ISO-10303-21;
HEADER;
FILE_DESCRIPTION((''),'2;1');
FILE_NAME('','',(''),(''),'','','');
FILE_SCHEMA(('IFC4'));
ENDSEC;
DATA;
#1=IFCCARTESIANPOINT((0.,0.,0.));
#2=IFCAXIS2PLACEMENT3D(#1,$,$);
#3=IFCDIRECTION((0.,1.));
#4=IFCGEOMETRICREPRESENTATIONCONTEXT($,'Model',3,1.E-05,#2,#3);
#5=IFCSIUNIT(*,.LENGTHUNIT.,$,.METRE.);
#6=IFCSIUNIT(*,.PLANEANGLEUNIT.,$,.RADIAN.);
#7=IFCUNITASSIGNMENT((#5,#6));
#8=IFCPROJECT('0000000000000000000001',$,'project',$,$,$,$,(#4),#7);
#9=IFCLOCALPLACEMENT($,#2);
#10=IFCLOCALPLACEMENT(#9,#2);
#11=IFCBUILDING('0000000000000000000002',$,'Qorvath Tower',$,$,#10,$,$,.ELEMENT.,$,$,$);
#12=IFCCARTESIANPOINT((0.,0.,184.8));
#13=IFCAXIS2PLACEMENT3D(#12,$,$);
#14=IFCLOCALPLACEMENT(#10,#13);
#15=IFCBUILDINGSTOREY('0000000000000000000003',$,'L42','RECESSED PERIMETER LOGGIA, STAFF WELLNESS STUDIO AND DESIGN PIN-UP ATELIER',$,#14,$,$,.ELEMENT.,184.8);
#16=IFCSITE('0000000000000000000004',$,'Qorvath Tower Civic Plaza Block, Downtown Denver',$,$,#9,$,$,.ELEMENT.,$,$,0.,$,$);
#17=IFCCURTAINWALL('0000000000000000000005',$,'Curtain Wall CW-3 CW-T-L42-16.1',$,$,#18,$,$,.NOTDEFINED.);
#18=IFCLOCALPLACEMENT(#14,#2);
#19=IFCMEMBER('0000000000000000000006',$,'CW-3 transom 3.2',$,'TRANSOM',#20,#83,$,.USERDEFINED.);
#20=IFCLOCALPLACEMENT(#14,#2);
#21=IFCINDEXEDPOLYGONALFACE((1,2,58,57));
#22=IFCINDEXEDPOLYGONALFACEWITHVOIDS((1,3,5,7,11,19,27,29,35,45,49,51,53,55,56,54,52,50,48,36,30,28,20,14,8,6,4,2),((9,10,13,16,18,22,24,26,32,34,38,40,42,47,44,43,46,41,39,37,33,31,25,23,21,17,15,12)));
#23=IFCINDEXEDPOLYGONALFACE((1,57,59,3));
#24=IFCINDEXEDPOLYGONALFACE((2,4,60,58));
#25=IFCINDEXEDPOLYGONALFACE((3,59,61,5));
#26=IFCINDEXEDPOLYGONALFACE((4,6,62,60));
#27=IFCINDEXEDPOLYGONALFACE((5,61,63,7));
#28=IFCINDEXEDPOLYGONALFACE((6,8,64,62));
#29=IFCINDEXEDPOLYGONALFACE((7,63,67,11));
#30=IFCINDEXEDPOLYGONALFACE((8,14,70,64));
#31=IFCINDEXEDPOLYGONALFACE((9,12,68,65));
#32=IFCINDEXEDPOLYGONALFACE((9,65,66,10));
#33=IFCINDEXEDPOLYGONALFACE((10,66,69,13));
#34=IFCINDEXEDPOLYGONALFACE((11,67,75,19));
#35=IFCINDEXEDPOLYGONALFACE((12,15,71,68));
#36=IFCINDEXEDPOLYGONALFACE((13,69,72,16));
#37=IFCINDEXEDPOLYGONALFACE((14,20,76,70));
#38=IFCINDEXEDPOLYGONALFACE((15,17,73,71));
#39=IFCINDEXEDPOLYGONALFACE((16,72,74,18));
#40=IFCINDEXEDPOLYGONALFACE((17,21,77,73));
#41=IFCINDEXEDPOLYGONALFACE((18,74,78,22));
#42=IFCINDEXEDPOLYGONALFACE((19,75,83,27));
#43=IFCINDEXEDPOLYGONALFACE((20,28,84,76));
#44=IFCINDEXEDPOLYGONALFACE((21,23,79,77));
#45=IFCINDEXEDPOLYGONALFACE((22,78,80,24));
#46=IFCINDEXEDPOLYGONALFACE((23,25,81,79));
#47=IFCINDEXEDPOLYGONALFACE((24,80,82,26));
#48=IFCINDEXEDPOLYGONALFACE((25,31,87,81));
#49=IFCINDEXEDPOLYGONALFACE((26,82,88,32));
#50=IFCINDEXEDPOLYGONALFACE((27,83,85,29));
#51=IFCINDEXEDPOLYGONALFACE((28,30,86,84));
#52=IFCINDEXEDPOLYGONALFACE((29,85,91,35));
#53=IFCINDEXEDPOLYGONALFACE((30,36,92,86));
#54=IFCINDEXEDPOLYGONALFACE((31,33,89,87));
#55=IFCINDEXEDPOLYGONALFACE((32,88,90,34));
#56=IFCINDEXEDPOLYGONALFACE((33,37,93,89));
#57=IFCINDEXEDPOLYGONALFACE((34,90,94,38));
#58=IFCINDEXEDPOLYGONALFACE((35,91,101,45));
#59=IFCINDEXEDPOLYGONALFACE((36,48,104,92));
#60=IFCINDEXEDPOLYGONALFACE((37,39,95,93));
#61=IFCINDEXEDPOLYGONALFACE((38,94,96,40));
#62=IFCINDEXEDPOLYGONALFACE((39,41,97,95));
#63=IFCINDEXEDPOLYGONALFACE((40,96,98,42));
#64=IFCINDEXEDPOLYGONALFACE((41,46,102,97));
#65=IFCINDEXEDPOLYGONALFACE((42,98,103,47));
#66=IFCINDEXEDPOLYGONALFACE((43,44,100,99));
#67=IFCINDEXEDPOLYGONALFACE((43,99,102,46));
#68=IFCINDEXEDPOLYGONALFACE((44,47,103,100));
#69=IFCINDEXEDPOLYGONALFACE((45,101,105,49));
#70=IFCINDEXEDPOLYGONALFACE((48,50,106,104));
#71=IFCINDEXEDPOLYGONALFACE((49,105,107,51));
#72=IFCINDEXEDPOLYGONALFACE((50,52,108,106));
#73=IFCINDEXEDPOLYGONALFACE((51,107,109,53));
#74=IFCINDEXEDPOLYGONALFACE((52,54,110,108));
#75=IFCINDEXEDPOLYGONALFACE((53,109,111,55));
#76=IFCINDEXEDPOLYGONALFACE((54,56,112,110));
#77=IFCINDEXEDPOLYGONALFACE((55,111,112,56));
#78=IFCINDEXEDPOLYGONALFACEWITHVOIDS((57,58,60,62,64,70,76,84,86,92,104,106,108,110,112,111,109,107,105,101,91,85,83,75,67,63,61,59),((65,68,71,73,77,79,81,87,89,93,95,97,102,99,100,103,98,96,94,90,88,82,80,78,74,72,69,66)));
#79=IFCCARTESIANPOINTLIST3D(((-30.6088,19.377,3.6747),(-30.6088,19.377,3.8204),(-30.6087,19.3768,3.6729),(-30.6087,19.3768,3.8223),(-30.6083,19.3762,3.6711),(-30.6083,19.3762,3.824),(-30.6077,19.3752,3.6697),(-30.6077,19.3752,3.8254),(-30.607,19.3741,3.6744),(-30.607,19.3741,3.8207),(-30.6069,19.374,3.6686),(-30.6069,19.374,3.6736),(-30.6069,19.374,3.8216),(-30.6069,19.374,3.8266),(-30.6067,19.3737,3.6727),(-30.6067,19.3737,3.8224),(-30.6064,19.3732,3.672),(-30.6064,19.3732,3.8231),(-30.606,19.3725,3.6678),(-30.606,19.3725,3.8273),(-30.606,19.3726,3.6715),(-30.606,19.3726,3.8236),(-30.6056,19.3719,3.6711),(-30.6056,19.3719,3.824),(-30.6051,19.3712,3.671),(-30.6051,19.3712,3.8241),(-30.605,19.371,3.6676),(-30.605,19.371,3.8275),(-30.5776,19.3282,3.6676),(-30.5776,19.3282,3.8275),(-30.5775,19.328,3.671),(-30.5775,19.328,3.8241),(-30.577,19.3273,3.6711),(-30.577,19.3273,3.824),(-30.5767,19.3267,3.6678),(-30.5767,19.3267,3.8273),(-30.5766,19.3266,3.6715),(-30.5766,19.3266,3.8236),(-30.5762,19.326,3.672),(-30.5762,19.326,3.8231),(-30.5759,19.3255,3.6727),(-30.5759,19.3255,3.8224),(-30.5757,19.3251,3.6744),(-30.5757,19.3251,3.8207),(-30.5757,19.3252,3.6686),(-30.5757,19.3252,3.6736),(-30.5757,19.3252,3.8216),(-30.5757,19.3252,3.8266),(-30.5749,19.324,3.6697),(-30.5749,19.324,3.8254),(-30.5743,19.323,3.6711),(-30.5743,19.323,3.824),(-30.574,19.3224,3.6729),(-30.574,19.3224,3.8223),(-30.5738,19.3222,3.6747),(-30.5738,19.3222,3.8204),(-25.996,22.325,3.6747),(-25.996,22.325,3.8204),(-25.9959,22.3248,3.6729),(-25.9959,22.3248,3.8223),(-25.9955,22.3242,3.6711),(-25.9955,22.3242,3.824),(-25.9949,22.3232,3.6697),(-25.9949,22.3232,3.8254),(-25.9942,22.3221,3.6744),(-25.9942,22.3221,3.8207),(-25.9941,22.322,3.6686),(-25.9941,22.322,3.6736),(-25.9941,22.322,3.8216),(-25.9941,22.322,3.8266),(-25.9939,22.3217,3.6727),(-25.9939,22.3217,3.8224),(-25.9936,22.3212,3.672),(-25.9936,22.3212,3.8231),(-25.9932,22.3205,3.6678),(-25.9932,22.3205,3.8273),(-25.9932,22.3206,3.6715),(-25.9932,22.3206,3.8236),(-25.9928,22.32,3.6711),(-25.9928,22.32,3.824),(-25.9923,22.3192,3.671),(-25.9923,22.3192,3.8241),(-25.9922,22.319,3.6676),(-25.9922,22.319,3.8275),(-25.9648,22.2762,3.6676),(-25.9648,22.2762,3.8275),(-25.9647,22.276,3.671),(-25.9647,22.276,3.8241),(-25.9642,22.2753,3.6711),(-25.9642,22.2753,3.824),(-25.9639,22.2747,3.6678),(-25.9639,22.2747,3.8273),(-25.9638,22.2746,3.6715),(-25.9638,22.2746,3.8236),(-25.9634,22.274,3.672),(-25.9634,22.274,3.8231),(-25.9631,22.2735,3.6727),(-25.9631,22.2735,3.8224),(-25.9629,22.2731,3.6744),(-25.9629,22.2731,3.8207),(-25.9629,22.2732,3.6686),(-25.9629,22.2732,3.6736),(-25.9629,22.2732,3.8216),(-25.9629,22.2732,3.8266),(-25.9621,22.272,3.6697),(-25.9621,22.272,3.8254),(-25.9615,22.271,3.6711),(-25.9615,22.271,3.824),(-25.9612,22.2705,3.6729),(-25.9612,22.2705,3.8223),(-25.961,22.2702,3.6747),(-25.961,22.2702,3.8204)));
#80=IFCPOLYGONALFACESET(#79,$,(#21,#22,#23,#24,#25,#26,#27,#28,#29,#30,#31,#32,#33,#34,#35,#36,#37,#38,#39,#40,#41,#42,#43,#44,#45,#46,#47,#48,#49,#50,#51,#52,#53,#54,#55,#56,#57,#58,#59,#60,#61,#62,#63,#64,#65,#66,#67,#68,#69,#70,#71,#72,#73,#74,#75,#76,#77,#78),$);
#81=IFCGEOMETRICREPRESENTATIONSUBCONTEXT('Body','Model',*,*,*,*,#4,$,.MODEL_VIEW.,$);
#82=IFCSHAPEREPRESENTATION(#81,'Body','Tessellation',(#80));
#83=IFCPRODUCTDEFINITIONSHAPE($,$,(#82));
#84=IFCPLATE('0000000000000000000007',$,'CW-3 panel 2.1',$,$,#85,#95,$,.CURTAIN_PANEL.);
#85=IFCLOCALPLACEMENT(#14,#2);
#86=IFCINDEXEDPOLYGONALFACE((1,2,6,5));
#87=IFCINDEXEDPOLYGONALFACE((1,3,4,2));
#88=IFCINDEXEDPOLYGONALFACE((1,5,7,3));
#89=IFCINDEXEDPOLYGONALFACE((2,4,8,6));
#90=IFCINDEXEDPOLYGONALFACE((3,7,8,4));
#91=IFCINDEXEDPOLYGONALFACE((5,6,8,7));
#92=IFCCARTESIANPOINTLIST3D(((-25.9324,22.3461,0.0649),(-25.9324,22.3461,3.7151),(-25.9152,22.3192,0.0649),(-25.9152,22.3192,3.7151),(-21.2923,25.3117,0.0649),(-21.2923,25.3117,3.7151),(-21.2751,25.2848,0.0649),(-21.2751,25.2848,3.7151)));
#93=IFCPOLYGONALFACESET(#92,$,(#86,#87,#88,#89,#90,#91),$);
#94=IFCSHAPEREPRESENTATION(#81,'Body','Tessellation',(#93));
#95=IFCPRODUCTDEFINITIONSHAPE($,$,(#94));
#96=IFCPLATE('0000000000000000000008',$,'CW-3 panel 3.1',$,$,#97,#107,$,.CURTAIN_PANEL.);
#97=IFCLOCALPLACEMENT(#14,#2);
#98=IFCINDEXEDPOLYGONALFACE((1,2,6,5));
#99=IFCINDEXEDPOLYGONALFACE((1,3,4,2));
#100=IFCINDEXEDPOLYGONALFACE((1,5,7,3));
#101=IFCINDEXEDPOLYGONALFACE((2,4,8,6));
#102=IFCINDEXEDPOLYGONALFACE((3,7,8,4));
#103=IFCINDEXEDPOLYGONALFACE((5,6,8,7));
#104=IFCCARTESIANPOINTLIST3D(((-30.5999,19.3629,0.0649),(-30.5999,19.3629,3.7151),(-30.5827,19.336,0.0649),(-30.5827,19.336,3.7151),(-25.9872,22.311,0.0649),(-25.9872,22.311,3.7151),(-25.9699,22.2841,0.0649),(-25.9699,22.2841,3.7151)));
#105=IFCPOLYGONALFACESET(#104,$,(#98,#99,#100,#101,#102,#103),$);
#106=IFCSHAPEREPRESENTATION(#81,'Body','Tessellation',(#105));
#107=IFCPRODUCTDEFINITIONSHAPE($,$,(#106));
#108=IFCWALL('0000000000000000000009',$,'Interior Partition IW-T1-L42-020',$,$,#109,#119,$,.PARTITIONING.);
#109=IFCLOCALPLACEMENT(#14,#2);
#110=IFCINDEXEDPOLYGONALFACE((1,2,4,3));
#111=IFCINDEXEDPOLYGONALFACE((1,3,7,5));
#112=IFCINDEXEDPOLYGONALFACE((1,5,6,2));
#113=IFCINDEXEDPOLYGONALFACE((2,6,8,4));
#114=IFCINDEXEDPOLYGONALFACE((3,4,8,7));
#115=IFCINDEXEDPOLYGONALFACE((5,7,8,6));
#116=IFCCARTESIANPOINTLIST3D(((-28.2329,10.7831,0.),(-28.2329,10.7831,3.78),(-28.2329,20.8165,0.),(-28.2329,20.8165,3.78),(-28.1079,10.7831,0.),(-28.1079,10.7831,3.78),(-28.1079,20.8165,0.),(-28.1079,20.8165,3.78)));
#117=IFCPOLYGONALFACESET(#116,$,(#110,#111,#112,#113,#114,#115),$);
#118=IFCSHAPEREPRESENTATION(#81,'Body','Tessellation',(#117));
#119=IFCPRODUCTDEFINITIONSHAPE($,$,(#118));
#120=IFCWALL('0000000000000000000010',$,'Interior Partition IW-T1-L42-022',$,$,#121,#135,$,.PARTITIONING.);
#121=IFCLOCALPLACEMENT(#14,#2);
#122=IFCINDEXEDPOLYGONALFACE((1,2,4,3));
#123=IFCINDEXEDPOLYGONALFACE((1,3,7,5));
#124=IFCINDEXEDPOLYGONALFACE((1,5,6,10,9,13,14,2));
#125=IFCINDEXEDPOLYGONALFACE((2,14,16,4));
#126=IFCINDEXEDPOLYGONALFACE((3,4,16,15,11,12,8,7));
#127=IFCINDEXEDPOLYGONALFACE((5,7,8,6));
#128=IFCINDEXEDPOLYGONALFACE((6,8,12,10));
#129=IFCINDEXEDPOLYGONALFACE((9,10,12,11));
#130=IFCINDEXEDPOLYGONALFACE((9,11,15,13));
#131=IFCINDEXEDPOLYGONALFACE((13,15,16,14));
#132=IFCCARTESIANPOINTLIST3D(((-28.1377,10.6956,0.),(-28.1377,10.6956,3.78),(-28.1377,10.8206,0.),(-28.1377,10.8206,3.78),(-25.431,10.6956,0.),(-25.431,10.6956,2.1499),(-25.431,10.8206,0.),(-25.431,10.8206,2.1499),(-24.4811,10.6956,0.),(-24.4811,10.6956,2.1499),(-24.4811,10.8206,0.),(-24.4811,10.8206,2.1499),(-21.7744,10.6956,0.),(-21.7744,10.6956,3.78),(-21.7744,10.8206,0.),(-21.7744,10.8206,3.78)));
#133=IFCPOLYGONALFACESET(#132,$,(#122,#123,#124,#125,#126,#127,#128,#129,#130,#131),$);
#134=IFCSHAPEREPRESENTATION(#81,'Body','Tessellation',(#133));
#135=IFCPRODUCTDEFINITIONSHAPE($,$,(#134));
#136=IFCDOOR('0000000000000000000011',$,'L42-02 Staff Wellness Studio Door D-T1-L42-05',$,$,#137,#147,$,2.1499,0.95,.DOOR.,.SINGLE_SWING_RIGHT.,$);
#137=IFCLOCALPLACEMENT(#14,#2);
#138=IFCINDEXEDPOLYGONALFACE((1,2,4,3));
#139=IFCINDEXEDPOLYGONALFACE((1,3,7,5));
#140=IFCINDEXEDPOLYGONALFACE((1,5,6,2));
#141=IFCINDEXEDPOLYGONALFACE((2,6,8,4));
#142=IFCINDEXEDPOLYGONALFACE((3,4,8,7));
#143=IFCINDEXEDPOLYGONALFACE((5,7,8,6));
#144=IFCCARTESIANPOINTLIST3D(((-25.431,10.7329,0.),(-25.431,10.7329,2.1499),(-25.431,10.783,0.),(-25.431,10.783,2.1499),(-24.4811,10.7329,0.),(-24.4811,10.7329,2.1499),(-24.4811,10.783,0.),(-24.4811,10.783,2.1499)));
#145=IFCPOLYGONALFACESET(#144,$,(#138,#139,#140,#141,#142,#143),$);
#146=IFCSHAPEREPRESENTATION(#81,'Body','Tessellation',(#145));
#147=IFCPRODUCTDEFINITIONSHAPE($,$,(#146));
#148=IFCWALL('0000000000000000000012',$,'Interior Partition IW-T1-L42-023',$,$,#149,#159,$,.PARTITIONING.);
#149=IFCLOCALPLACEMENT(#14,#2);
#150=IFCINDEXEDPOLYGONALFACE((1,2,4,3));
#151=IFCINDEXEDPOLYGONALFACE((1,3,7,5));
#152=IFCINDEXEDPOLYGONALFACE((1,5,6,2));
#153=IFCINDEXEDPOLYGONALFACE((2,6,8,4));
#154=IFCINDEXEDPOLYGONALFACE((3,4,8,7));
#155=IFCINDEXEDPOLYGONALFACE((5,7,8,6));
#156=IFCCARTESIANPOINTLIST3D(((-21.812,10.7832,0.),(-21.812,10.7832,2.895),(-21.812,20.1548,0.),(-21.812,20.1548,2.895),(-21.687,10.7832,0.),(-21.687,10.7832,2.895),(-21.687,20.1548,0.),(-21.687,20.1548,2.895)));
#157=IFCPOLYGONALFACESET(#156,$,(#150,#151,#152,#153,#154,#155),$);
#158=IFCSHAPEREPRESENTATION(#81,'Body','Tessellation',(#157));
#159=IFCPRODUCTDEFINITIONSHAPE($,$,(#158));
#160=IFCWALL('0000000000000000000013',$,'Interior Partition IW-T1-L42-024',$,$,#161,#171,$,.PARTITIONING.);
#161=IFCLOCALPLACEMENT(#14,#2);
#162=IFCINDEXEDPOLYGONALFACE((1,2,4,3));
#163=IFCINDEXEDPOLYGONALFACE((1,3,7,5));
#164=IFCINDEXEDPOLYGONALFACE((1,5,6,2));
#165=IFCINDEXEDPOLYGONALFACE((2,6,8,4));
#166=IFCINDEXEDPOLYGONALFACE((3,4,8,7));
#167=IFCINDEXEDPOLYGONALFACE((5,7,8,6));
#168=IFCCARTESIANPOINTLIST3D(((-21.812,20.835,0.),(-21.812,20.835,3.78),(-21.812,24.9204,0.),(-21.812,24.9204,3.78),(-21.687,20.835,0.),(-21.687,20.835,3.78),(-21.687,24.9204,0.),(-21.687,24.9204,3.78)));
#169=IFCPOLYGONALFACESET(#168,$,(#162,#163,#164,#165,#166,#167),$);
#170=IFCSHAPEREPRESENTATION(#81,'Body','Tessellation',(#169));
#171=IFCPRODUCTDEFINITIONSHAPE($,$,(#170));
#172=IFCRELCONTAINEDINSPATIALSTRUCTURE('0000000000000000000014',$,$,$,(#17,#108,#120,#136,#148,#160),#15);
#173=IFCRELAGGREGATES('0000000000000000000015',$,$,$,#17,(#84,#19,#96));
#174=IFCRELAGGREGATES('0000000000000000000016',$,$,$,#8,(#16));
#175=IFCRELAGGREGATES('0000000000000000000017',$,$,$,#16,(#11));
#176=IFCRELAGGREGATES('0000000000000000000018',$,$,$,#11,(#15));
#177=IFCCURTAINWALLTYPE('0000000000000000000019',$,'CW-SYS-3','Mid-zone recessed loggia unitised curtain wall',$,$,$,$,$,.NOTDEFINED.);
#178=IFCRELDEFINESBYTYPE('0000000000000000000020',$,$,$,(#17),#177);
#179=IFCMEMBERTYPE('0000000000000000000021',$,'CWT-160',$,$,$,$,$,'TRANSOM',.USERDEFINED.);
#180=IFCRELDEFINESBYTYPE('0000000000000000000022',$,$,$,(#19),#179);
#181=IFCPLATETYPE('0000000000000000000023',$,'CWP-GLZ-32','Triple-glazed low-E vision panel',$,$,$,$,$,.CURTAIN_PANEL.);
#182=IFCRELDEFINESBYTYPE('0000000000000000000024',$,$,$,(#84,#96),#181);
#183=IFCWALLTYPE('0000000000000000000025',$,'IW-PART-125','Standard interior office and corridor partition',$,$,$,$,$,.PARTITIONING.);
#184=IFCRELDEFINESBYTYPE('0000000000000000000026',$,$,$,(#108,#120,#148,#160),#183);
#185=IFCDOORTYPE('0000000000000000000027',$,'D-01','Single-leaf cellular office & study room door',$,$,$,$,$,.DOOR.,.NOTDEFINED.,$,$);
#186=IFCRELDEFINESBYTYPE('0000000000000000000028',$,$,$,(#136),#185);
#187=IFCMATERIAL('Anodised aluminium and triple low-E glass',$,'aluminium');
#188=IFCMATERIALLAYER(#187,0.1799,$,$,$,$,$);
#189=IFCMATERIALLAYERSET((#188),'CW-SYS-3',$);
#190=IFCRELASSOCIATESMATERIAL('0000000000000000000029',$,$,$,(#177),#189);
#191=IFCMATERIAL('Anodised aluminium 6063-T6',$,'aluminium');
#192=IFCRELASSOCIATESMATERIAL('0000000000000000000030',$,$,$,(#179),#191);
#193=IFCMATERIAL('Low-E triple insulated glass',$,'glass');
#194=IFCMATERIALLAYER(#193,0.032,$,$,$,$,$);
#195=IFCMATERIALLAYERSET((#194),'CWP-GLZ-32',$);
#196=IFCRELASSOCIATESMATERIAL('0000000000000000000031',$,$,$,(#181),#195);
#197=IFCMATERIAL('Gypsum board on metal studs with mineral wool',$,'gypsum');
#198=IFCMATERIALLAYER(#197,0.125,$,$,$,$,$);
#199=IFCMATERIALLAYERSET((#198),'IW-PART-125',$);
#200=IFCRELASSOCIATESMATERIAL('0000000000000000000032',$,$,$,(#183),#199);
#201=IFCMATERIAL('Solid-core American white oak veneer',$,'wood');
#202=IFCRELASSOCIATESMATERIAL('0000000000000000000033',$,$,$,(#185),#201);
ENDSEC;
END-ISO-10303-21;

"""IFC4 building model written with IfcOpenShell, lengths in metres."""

from ifc_helpers import new_model, si_unit, direction, frame, frame_2d, origin, origin_2d, place, context, subcontext, project, spatial, rectangle, hollow_rectangle, extrude, material, layer, layer_set, material_profile, profile_set, type_object, element, fill, aggregate, save


model = new_model("IFC4")

# Units and contexts
model_context = context("Model", 3, precision=1e-05, world=origin(), true_north=direction((0.0, 1.0)))
body_context = subcontext(model_context, "Body", "Model", "MODEL_VIEW")
ifc_project = project(units=[si_unit("LENGTHUNIT", "METRE"), si_unit("PLANEANGLEUNIT", "RADIAN")], contexts=[model_context])

# Site, building, storey
site_placement = place(None, origin())
site = spatial("IfcSite", under=ifc_project, at=site_placement, Name="Qorvath Tower Civic Plaza Block, Downtown Denver", CompositionType="ELEMENT", RefElevation=0.0)
building_placement = place(site_placement, origin())
building = spatial("IfcBuilding", under=site, at=building_placement, Name="Qorvath Tower", CompositionType="ELEMENT")
storey_placement = place(building_placement, frame((0.0, 0.0, 184.8)))
storey = spatial("IfcBuildingStorey", under=building, at=storey_placement, Name="L42", Description="RECESSED PERIMETER LOGGIA, STAFF WELLNESS STUDIO AND DESIGN PIN-UP ATELIER", CompositionType="ELEMENT", Elevation=184.8)

# Curtain wall, member, plates
ifc_material_1 = material(Name="Anodised aluminium and triple low-E glass", Category="aluminium")
ifc_layer_1 = layer(ifc_material_1, 0.1799)
ifc_layer_set_1 = layer_set([ifc_layer_1], Name="CW-SYS-3")
curtain_wall_type = type_object("IfcCurtainWallType", Name="CW-SYS-3", Description="Mid-zone recessed loggia unitised curtain wall", PredefinedType="NOTDEFINED", material=ifc_layer_set_1)
curtain_wall_placement = place(storey_placement, origin())
curtain_wall = element("IfcCurtainWall", 1, at=curtain_wall_placement, inside=storey, type_object=curtain_wall_type, Name="Curtain Wall CW-3 CW-T-L42-16.1", PredefinedType="NOTDEFINED")
ifc_material_2 = material(Name="Anodised aluminium 6063-T6", Category="aluminium")
ifc_material_profile_1 = material_profile(ifc_material_2, hollow_rectangle(XDim=0.0649, YDim=0.1599, WallThickness=0.0034, InnerFilletRadius=0.0034, OuterFilletRadius=0.0071, at=origin_2d()), Name="CWT 160x65")
ifc_profile_set_1 = profile_set([ifc_material_profile_1], Name="Anodised aluminium 6063-T6")
member_type_1 = type_object("IfcMemberType", Name="CWT-160", ElementType="TRANSOM", PredefinedType="USERDEFINED", material=ifc_profile_set_1)
member_1_placement = place(storey_placement, frame((-25.9785, 22.2976, 3.7476), z_axis=(-0.842619, -0.538511, 0.0), x_axis=(0.538511, -0.842619, 0.0)))
member_1 = element("IfcMember", 2, at=member_1_placement, type_object=member_type_1, Name="CW-3 transom 3.2", ObjectType="TRANSOM", PredefinedType="USERDEFINED", context=body_context, shape_type="SweptSolid", body=[
    extrude(hollow_rectangle(XDim=0.0649, YDim=0.1599, WallThickness=0.0034, InnerFilletRadius=0.0034, OuterFilletRadius=0.0071, at=origin_2d()), origin(), (0.0, 0.0, 1.0), 5.4744),
])
ifc_material_3 = material(Name="Low-E triple insulated glass", Category="glass")
ifc_layer_2 = layer(ifc_material_3, 0.032)
ifc_layer_set_2 = layer_set([ifc_layer_2], Name="CWP-GLZ-32")
plate_type = type_object("IfcPlateType", Name="CWP-GLZ-32", Description="Triple-glazed low-E vision panel", PredefinedType="CURTAIN_PANEL", material=ifc_layer_set_2)
plate_1_placement = place(storey_placement, frame((-23.6038, 23.8154, 0.0649), z_axis=(0.0, 0.0, 1.0), x_axis=(-0.842606, -0.538531, 0.0)))
plate_1 = element("IfcPlate", 3, at=plate_1_placement, type_object=plate_type, Name="CW-3 panel 2.1", PredefinedType="CURTAIN_PANEL", context=body_context, shape_type="SweptSolid", body=[
    extrude(rectangle(XDim=5.5068, YDim=0.032, at=origin_2d()), origin(), (0.0, 0.0, 1.0), 3.6501),
])
plate_2_placement = place(storey_placement, frame((-28.2849, 20.8235, 0.0649), z_axis=(0.0, 0.0, 1.0), x_axis=(-0.842606, -0.538531, 0.0)))
plate_2 = element("IfcPlate", 4, at=plate_2_placement, type_object=plate_type, Name="CW-3 panel 3.1", PredefinedType="CURTAIN_PANEL", context=body_context, shape_type="SweptSolid", body=[
    extrude(rectangle(XDim=5.4744, YDim=0.032, at=origin_2d()), origin(), (0.0, 0.0, 1.0), 3.6501),
])
aggregate(curtain_wall, [plate_1, member_1, plate_2])

# Wall
ifc_material_4 = material(Name="Gypsum board on metal studs with mineral wool", Category="gypsum")
ifc_layer_3 = layer(ifc_material_4, 0.125)
ifc_layer_set_3 = layer_set([ifc_layer_3], Name="IW-PART-125")
wall_type = type_object("IfcWallType", Name="IW-PART-125", Description="Standard interior office and corridor partition", PredefinedType="PARTITIONING", material=ifc_layer_set_3)
wall_1_placement = place(storey_placement, frame((-28.1704, 10.7832, 0.0), z_axis=(0.0, 0.0, 1.0), x_axis=(0.0, 1.0, 0.0)))
element("IfcWall", 5, at=wall_1_placement, inside=storey, type_object=wall_type, Name="Interior Partition IW-T1-L42-020", PredefinedType="PARTITIONING", context=body_context, shape_type="SweptSolid", body=[
    extrude(rectangle(XDim=10.0334, YDim=0.125, at=frame_2d((5.0166, 0.0))), origin(), (0.0, 0.0, 1.0), 3.78),
])

# Wall, opening, door
wall_2_placement = place(storey_placement, frame((-28.1377, 10.7581, 0.0), z_axis=(0.0, 0.0, 1.0), x_axis=(1.0, 0.0, 0.0)))
wall_2 = element("IfcWall", 6, at=wall_2_placement, inside=storey, type_object=wall_type, Name="Interior Partition IW-T1-L42-022", PredefinedType="PARTITIONING", context=body_context, shape_type="SweptSolid", body=[
    extrude(rectangle(XDim=6.3633, YDim=0.125, at=frame_2d((3.1816, 0.0))), origin(), (0.0, 0.0, 1.0), 3.78),
])
opening_1_placement = place(wall_2_placement, frame((2.7065, 0.0, 0.0)))
opening_1 = element("IfcOpeningElement", 7, at=opening_1_placement, cuts=wall_2, PredefinedType="OPENING", context=body_context, shape_type="SweptSolid", body=[
    extrude(rectangle(XDim=0.95, YDim=2.1499, at=frame_2d((0.4751, 1.075))), frame((0.0, 0.0725, 0.0), z_axis=(0.0, -1.0, 0.0), x_axis=(1.0, 0.0, 0.0)), (0.0, 0.0, 1.0), 0.145),
])
ifc_material_5 = material(Name="Solid-core American white oak veneer", Category="wood")
door_type = type_object("IfcDoorType", Name="D-01", Description="Single-leaf cellular office & study room door", OperationType="NOTDEFINED", PredefinedType="DOOR", material=ifc_material_5)
door_1_placement = place(opening_1_placement, origin())
door_1 = element("IfcDoor", 8, at=door_1_placement, inside=storey, type_object=door_type, Name="L42-02 Staff Wellness Studio Door D-T1-L42-05", OperationType="SINGLE_SWING_RIGHT", OverallHeight=2.1499, OverallWidth=0.95, PredefinedType="DOOR", context=body_context, shape_type="SweptSolid", body=[
    extrude(rectangle(XDim=0.95, YDim=2.1499, at=frame_2d((0.4751, 1.075))), frame((0.0, 0.0249, 0.0), z_axis=(0.0, -1.0, 0.0), x_axis=(1.0, 0.0, 0.0)), (0.0, 0.0, 1.0), 0.05),
])
fill(opening_1, door_1)

# Walls
wall_3_placement = place(storey_placement, frame((-21.7495, 10.7832, 0.0), z_axis=(0.0, 0.0, 1.0), x_axis=(0.0, 1.0, 0.0)))
element("IfcWall", 9, at=wall_3_placement, inside=storey, type_object=wall_type, Name="Interior Partition IW-T1-L42-023", PredefinedType="PARTITIONING", context=body_context, shape_type="SweptSolid", body=[
    extrude(rectangle(XDim=9.3716, YDim=0.125, at=frame_2d((4.6858, 0.0))), origin(), (0.0, 0.0, 1.0), 2.895),
])
wall_4_placement = place(storey_placement, frame((-21.7495, 20.835, 0.0), z_axis=(0.0, 0.0, 1.0), x_axis=(0.0, 1.0, 0.0)))
element("IfcWall", 10, at=wall_4_placement, inside=storey, type_object=wall_type, Name="Interior Partition IW-T1-L42-024", PredefinedType="PARTITIONING", context=body_context, shape_type="SweptSolid", body=[
    extrude(rectangle(XDim=4.0854, YDim=0.125, at=frame_2d((2.0427, 0.0))), origin(), (0.0, 0.0, 1.0), 3.78),
])

save(model, "model.ifc")
